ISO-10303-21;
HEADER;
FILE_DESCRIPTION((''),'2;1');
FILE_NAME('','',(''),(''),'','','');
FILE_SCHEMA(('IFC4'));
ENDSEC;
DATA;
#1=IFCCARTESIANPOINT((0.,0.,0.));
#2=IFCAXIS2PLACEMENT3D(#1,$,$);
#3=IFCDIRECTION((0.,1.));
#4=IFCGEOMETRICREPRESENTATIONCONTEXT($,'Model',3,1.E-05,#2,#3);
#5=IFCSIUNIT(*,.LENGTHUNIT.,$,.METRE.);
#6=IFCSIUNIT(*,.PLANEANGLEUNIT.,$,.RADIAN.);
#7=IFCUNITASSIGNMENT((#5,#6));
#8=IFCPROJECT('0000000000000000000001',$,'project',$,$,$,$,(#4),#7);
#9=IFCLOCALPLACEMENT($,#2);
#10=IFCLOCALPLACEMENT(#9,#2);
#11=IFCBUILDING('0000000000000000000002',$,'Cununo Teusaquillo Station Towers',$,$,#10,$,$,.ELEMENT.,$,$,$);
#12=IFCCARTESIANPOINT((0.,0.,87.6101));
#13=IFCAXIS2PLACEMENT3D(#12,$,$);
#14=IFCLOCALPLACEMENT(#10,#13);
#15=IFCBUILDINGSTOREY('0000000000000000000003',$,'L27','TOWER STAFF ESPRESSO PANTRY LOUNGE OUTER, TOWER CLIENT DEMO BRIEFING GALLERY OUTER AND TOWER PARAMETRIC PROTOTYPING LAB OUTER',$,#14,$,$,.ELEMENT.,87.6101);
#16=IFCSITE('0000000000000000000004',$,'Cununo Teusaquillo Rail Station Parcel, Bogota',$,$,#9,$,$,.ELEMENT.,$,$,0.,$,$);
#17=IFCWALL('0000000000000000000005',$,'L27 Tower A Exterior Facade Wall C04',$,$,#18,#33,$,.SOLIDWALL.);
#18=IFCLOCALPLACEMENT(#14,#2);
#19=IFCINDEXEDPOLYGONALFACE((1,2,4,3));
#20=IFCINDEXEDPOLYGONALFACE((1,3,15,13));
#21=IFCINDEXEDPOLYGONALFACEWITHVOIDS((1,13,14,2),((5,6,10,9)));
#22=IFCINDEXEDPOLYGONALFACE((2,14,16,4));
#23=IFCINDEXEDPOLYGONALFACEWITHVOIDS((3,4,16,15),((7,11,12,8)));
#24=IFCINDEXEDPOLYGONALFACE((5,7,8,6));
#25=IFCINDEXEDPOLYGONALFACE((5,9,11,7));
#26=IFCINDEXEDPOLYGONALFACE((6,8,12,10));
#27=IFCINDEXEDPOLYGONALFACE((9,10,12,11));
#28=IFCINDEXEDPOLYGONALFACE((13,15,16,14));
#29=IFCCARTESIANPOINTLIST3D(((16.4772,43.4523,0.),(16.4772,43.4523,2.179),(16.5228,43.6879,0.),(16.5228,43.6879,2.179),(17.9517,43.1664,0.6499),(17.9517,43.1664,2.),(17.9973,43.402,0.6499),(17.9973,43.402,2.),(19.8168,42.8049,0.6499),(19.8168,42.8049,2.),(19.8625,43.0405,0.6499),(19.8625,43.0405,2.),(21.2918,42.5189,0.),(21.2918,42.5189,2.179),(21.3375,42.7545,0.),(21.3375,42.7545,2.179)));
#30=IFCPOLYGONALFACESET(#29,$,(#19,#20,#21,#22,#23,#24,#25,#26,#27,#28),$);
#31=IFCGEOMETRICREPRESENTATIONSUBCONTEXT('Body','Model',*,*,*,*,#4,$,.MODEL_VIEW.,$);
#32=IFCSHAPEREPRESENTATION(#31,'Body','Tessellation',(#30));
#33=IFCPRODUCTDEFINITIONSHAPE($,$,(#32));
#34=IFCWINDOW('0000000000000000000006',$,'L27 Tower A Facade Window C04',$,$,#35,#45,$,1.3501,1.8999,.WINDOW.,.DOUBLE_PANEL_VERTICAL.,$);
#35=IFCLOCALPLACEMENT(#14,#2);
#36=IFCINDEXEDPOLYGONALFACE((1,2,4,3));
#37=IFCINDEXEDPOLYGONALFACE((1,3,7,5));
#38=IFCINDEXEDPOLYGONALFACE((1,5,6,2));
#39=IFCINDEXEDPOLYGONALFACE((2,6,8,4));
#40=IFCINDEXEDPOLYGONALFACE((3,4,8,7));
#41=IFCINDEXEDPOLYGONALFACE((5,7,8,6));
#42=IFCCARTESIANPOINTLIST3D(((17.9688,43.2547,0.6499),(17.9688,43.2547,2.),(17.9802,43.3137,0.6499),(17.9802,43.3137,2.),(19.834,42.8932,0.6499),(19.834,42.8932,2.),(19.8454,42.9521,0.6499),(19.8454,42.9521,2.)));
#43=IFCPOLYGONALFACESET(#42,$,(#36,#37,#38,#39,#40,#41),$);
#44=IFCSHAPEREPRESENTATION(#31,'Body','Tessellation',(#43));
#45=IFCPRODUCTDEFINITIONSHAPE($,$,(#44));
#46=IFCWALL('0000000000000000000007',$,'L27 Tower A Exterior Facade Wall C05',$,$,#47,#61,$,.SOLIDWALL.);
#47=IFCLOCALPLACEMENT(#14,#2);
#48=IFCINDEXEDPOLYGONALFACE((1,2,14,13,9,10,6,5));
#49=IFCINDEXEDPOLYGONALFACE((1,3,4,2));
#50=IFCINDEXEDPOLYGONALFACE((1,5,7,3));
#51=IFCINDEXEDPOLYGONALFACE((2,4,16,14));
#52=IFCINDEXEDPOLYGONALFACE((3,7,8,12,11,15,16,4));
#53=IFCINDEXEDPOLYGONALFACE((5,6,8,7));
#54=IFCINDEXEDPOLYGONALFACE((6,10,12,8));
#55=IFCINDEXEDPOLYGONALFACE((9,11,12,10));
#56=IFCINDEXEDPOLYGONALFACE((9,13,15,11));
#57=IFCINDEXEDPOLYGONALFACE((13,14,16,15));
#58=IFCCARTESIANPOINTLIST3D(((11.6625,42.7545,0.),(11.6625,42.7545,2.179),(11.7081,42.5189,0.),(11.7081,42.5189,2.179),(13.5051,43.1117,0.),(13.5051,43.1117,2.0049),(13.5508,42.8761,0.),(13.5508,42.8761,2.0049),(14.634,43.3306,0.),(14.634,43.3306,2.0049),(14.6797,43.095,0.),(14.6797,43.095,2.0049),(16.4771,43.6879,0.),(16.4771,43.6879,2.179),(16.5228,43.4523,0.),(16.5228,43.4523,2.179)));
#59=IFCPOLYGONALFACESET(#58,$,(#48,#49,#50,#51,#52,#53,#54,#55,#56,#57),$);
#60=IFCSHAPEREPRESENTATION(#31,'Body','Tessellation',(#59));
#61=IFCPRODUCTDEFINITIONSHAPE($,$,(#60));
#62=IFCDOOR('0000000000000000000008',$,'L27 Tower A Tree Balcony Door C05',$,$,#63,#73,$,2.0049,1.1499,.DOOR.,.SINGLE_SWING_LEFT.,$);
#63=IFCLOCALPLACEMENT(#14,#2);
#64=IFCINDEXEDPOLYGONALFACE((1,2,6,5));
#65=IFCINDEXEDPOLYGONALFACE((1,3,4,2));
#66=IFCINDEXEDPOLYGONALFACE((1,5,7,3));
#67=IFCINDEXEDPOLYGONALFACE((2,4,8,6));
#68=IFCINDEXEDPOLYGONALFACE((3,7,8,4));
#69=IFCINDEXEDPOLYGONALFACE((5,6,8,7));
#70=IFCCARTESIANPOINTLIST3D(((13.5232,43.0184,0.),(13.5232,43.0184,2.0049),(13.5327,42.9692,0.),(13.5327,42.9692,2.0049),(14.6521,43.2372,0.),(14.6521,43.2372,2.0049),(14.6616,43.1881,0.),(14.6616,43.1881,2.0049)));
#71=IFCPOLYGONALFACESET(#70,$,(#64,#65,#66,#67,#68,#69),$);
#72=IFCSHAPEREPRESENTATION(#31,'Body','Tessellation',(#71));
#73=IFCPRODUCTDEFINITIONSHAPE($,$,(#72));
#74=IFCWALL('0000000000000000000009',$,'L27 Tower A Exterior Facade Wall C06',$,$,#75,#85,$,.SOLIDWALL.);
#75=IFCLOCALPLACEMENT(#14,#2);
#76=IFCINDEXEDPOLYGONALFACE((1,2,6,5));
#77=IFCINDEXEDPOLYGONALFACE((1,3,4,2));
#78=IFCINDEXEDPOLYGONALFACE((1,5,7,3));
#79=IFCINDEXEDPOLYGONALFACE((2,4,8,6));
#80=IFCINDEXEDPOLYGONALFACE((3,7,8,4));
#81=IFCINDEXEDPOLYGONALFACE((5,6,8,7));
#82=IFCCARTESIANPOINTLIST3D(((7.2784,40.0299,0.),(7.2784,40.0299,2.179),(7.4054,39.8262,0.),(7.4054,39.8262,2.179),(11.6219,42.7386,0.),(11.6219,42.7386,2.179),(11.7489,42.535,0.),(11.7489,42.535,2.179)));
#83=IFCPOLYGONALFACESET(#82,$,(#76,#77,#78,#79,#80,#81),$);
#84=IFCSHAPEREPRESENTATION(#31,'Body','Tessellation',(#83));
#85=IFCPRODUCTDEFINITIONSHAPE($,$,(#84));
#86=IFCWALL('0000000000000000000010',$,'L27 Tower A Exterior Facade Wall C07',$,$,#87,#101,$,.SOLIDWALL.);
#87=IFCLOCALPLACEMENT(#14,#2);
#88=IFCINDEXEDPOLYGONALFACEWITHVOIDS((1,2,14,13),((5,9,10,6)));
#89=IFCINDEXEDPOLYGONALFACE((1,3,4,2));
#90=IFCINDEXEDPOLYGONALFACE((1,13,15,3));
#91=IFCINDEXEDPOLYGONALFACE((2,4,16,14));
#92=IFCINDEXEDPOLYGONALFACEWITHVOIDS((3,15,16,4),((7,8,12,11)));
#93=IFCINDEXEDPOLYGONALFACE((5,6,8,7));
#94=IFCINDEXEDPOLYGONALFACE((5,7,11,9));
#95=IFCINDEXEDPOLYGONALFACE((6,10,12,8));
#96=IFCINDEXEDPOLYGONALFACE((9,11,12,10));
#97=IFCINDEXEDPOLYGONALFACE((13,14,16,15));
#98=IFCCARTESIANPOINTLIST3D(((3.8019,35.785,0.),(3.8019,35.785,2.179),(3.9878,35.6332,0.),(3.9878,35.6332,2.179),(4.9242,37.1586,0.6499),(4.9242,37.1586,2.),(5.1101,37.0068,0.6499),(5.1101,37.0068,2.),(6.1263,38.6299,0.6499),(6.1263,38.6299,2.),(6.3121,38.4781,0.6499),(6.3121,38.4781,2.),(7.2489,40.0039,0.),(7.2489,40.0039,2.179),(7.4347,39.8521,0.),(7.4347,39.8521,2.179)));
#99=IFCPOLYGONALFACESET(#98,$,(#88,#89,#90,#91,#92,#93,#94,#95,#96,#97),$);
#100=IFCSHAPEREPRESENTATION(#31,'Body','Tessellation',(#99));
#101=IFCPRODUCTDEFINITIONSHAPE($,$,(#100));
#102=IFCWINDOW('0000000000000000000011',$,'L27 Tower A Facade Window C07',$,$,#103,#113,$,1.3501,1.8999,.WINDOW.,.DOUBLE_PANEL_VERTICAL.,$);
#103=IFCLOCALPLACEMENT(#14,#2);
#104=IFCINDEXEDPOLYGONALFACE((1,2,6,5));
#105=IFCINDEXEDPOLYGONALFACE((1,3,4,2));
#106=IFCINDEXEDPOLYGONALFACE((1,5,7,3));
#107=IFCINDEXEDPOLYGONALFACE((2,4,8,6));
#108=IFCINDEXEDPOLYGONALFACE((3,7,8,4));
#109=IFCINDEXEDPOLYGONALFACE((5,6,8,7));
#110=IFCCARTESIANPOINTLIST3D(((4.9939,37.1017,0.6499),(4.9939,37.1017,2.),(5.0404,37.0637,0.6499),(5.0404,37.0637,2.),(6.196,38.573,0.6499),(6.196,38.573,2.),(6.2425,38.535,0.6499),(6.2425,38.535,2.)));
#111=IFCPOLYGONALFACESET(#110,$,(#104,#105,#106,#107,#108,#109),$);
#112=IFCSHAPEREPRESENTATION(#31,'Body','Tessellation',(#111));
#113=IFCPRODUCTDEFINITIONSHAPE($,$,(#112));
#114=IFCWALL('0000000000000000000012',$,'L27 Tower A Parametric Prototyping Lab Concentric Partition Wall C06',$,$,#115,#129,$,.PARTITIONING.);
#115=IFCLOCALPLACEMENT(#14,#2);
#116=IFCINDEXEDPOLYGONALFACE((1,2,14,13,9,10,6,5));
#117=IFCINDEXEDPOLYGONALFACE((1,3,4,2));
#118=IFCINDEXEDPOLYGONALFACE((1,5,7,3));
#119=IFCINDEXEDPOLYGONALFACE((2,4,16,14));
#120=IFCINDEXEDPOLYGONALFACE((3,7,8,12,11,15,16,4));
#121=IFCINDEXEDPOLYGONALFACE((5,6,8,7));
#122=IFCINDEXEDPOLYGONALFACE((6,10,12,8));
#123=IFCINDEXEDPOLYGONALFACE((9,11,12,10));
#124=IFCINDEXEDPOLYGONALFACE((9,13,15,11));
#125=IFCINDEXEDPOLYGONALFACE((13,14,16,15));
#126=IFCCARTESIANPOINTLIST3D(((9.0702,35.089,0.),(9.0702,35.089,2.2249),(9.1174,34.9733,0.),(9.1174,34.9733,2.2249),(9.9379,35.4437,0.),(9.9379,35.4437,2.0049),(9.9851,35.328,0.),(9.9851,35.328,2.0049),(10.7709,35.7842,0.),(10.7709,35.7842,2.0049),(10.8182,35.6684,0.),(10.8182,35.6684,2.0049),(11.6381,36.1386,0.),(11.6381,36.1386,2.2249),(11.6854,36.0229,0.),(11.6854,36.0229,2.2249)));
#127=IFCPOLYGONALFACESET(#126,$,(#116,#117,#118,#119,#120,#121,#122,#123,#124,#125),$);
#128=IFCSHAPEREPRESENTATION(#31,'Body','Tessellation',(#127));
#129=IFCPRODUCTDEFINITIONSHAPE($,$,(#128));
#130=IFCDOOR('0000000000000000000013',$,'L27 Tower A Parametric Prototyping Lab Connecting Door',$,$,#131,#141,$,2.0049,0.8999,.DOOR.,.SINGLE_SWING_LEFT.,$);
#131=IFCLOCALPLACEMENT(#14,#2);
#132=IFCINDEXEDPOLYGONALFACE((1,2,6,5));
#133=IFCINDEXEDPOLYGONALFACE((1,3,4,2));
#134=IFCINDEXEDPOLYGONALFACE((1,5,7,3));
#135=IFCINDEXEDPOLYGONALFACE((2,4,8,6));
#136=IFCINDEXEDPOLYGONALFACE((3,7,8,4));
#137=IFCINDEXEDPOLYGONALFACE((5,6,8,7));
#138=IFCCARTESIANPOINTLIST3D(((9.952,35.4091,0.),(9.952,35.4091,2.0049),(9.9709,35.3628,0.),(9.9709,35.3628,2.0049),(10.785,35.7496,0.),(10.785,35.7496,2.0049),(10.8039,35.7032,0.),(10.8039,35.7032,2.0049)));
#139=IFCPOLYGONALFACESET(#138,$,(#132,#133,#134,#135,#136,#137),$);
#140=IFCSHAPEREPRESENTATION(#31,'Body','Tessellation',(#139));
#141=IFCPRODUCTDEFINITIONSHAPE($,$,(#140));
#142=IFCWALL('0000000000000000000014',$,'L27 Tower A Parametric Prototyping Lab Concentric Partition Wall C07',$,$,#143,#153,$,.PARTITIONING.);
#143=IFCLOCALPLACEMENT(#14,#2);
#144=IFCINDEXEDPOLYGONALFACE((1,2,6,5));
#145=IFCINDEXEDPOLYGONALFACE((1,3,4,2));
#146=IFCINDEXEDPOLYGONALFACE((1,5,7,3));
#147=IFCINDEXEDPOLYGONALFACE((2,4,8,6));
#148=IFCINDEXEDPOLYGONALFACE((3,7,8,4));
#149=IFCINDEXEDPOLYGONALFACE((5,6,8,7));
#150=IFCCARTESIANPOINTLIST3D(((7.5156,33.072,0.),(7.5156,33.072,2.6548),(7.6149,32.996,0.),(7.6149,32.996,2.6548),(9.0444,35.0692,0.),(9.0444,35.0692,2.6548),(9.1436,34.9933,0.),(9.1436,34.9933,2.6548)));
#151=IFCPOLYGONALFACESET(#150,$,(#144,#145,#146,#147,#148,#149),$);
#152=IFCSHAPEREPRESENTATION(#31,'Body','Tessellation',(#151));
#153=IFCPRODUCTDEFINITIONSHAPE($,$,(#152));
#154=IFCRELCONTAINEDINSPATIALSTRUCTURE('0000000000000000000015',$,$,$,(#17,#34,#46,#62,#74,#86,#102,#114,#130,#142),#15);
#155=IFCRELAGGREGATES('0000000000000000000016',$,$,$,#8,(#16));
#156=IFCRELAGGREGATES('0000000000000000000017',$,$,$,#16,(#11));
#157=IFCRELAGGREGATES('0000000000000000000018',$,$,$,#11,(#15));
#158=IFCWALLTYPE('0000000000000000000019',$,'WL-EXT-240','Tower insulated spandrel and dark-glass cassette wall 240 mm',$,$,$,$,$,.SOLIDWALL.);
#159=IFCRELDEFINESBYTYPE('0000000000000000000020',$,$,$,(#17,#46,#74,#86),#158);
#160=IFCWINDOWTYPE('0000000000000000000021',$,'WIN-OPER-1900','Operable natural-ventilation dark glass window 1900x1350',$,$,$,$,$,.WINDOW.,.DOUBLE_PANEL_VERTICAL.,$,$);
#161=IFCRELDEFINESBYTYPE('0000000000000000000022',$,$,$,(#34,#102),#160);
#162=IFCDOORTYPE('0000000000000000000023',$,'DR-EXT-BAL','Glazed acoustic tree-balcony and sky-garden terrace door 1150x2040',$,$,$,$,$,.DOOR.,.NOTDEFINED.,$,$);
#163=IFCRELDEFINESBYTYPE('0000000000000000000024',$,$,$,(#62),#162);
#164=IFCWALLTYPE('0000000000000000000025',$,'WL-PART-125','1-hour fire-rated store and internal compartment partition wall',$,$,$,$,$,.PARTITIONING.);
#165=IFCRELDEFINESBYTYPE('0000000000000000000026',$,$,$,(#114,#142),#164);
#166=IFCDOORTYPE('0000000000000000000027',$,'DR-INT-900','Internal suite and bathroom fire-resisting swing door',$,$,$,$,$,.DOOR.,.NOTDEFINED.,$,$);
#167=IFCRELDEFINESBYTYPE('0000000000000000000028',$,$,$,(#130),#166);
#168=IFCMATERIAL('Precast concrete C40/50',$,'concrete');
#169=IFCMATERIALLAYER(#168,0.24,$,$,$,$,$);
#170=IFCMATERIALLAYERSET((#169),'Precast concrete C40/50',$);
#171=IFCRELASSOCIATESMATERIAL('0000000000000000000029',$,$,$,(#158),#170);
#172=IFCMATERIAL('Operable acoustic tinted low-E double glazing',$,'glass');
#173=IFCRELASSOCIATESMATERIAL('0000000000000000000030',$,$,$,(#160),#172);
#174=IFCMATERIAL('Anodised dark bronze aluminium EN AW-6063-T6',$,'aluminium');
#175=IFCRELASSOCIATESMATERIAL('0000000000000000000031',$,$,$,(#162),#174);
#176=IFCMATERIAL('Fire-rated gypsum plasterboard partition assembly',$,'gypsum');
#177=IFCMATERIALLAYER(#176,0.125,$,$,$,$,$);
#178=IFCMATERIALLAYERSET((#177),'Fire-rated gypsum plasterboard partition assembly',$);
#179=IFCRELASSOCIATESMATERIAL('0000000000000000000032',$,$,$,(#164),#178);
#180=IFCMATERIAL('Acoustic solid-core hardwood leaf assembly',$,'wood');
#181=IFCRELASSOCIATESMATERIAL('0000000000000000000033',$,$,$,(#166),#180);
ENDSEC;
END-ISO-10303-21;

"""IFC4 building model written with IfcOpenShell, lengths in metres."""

from ifc_helpers import new_model, si_unit, direction, frame, frame_2d, origin, place, context, subcontext, project, spatial, rectangle, extrude, source, transform, mapped, material, layer, layer_set, type_object, element, fill, save


model = new_model("IFC4")

# Units and contexts
model_context = context("Model", 3, precision=1e-05, world=origin(), true_north=direction((0.0, 1.0)))
body_context = subcontext(model_context, "Body", "Model", "MODEL_VIEW")
ifc_project = project(units=[si_unit("LENGTHUNIT", "METRE"), si_unit("PLANEANGLEUNIT", "RADIAN")], contexts=[model_context])

# Site, building, storey
site_placement = place(None, origin())
site = spatial("IfcSite", under=ifc_project, at=site_placement, Name="Cununo Teusaquillo Rail Station Parcel, Bogota", CompositionType="ELEMENT", RefElevation=0.0)
building_placement = place(site_placement, origin())
building = spatial("IfcBuilding", under=site, at=building_placement, Name="Cununo Teusaquillo Station Towers", CompositionType="ELEMENT")
storey_placement = place(building_placement, frame((0.0, 0.0, 87.6101)))
storey = spatial("IfcBuildingStorey", under=building, at=storey_placement, Name="L27", Description="TOWER STAFF ESPRESSO PANTRY LOUNGE OUTER, TOWER CLIENT DEMO BRIEFING GALLERY OUTER AND TOWER PARAMETRIC PROTOTYPING LAB OUTER", CompositionType="ELEMENT", Elevation=87.6101)

# Wall, opening, window
ifc_material_1 = material(Name="Precast concrete C40/50", Category="concrete")
ifc_layer_1 = layer(ifc_material_1, 0.24)
ifc_layer_set_1 = layer_set([ifc_layer_1], Name="Precast concrete C40/50")
wall_type_1 = type_object("IfcWallType", Name="WL-EXT-240", Description="Tower insulated spandrel and dark-glass cassette wall 240 mm", PredefinedType="SOLIDWALL", material=ifc_layer_set_1)
wall_1_placement = place(storey_placement, frame((16.5, 43.5701, 0.0), z_axis=(0.0, 0.0, 1.0), x_axis=(0.981724, -0.190311, 0.0)))
wall_1 = element("IfcWall", 1, at=wall_1_placement, inside=storey, type_object=wall_type_1, Name="L27 Tower A Exterior Facade Wall C04", PredefinedType="SOLIDWALL", context=body_context, shape_type="SweptSolid", body=[
    extrude(rectangle(XDim=4.9043, YDim=0.24, at=frame_2d((2.4521, 0.0))), origin(), (0.0, 0.0, 1.0), 2.179),
])
shared_shape_1 = source(origin(), body_context, "Body", "SweptSolid", [
    extrude(rectangle(XDim=1.8999, YDim=1.3501, at=frame_2d((0.95, 0.675))), frame((0.0, 0.1299, 0.0), z_axis=(0.0, -1.0, 0.0), x_axis=(1.0, 0.0, 0.0)), (0.0, 0.0, 1.0), 0.26),
])
opening_1_placement = place(wall_1_placement, frame((1.502, 0.0, 0.6499)))
opening_1 = element("IfcOpeningElement", 2, at=opening_1_placement, cuts=wall_1, PredefinedType="OPENING", context=body_context, shape_type="MappedRepresentation", body=[
    mapped(shared_shape_1, transform((0.0, 0.0, 0.0), x_axis=(1.0, 0.0, 0.0), y_axis=(0.0, 1.0, 0.0), z_axis=(0.0, 0.0, 1.0), scale=1.0)),
])
ifc_material_2 = material(Name="Operable acoustic tinted low-E double glazing", Category="glass")
window_type = type_object("IfcWindowType", Name="WIN-OPER-1900", Description="Operable natural-ventilation dark glass window 1900x1350", PartitioningType="DOUBLE_PANEL_VERTICAL", PredefinedType="WINDOW", material=ifc_material_2)
shared_shape_2 = source(origin(), body_context, "Body", "SweptSolid", [
    extrude(rectangle(XDim=1.8999, YDim=1.3501, at=frame_2d((0.95, 0.675))), frame((0.0, 0.03, 0.0), z_axis=(0.0, -1.0, 0.0), x_axis=(1.0, 0.0, 0.0)), (0.0, 0.0, 1.0), 0.0601),
])
window_1_placement = place(opening_1_placement, origin())
window_1 = element("IfcWindow", 3, at=window_1_placement, inside=storey, type_object=window_type, Name="L27 Tower A Facade Window C04", OverallHeight=1.3501, OverallWidth=1.8999, PartitioningType="DOUBLE_PANEL_VERTICAL", PredefinedType="WINDOW", context=body_context, shape_type="MappedRepresentation", body=[
    mapped(shared_shape_2, transform((0.0, 0.0, 0.0), x_axis=(1.0, 0.0, 0.0), y_axis=(0.0, 1.0, 0.0), z_axis=(0.0, 0.0, 1.0), scale=1.0)),
])
fill(opening_1, window_1)

# Wall, opening, door
wall_2_placement = place(storey_placement, frame((11.6853, 42.6367, 0.0), z_axis=(0.0, 0.0, 1.0), x_axis=(0.981724, 0.190311, 0.0)))
wall_2 = element("IfcWall", 4, at=wall_2_placement, inside=storey, type_object=wall_type_1, Name="L27 Tower A Exterior Facade Wall C05", PredefinedType="SOLIDWALL", context=body_context, shape_type="SweptSolid", body=[
    extrude(rectangle(XDim=4.9043, YDim=0.24, at=frame_2d((2.4521, 0.0))), origin(), (0.0, 0.0, 1.0), 2.179),
])
shared_shape_3 = source(origin(), body_context, "Body", "SweptSolid", [
    extrude(rectangle(XDim=1.1499, YDim=2.0049, at=frame_2d((0.575, 1.0024))), frame((0.0, 0.1299, 0.0), z_axis=(0.0, -1.0, 0.0), x_axis=(1.0, 0.0, 0.0)), (0.0, 0.0, 1.0), 0.26),
])
opening_2_placement = place(wall_2_placement, frame((1.877, 0.0, 0.0)))
opening_2 = element("IfcOpeningElement", 5, at=opening_2_placement, cuts=wall_2, PredefinedType="OPENING", context=body_context, shape_type="MappedRepresentation", body=[
    mapped(shared_shape_3, transform((0.0, 0.0, 0.0), x_axis=(1.0, 0.0, 0.0), y_axis=(0.0, 1.0, 0.0), z_axis=(0.0, 0.0, 1.0), scale=1.0)),
])
ifc_material_3 = material(Name="Anodised dark bronze aluminium EN AW-6063-T6", Category="aluminium")
door_type_1 = type_object("IfcDoorType", Name="DR-EXT-BAL", Description="Glazed acoustic tree-balcony and sky-garden terrace door 1150x2040", OperationType="NOTDEFINED", PredefinedType="DOOR", material=ifc_material_3)
shared_shape_4 = source(origin(), body_context, "Body", "SweptSolid", [
    extrude(rectangle(XDim=1.1499, YDim=2.0049, at=frame_2d((0.575, 1.0024))), frame((0.0, 0.0249, 0.0), z_axis=(0.0, -1.0, 0.0), x_axis=(1.0, 0.0, 0.0)), (0.0, 0.0, 1.0), 0.05),
])
door_1_placement = place(opening_2_placement, origin())
door_1 = element("IfcDoor", 6, at=door_1_placement, inside=storey, type_object=door_type_1, Name="L27 Tower A Tree Balcony Door C05", OperationType="SINGLE_SWING_LEFT", OverallHeight=2.0049, OverallWidth=1.1499, PredefinedType="DOOR", context=body_context, shape_type="MappedRepresentation", body=[
    mapped(shared_shape_4, transform((0.0, 0.0, 0.0), x_axis=(1.0, 0.0, 0.0), y_axis=(0.0, 1.0, 0.0), z_axis=(0.0, 0.0, 1.0), scale=1.0)),
])
fill(opening_2, door_1)

# Wall
wall_3_placement = place(storey_placement, frame((7.3418, 39.928, 0.0), z_axis=(0.0, 0.0, 1.0), x_axis=(0.84852, 0.529163, 0.0)))
element("IfcWall", 7, at=wall_3_placement, inside=storey, type_object=wall_type_1, Name="L27 Tower A Exterior Facade Wall C06", PredefinedType="SOLIDWALL", context=body_context, shape_type="SweptSolid", body=[
    extrude(rectangle(XDim=5.1189, YDim=0.24, at=frame_2d((2.5596, 0.0))), origin(), (0.0, 0.0, 1.0), 2.179),
])

# Wall, opening, window
wall_4_placement = place(storey_placement, frame((3.8948, 35.709, 0.0), z_axis=(0.0, 0.0, 1.0), x_axis=(0.632701, 0.774396, 0.0)))
wall_4 = element("IfcWall", 8, at=wall_4_placement, inside=storey, type_object=wall_type_1, Name="L27 Tower A Exterior Facade Wall C07", PredefinedType="SOLIDWALL", context=body_context, shape_type="SweptSolid", body=[
    extrude(rectangle(XDim=5.448, YDim=0.24, at=frame_2d((2.7241, 0.0))), origin(), (0.0, 0.0, 1.0), 2.179),
])
opening_3_placement = place(wall_4_placement, frame((1.7739, 0.0, 0.6499)))
opening_3 = element("IfcOpeningElement", 9, at=opening_3_placement, cuts=wall_4, PredefinedType="OPENING", context=body_context, shape_type="MappedRepresentation", body=[
    mapped(shared_shape_1, transform((0.0, 0.0, 0.0), x_axis=(1.0, 0.0, 0.0), y_axis=(0.0, 1.0, 0.0), z_axis=(0.0, 0.0, 1.0), scale=1.0)),
])
window_2_placement = place(opening_3_placement, origin())
window_2 = element("IfcWindow", 10, at=window_2_placement, inside=storey, type_object=window_type, Name="L27 Tower A Facade Window C07", OverallHeight=1.3501, OverallWidth=1.8999, PartitioningType="DOUBLE_PANEL_VERTICAL", PredefinedType="WINDOW", context=body_context, shape_type="MappedRepresentation", body=[
    mapped(shared_shape_2, transform((0.0, 0.0, 0.0), x_axis=(1.0, 0.0, 0.0), y_axis=(0.0, 1.0, 0.0), z_axis=(0.0, 0.0, 1.0), scale=1.0)),
])
fill(opening_3, window_2)

# Wall, opening, door
ifc_material_4 = material(Name="Fire-rated gypsum plasterboard partition assembly", Category="gypsum")
ifc_layer_2 = layer(ifc_material_4, 0.125)
ifc_layer_set_2 = layer_set([ifc_layer_2], Name="Fire-rated gypsum plasterboard partition assembly")
wall_type_2 = type_object("IfcWallType", Name="WL-PART-125", Description="1-hour fire-rated store and internal compartment partition wall", PredefinedType="PARTITIONING", material=ifc_layer_set_2)
wall_5_placement = place(storey_placement, frame((11.6619, 36.0808, 0.0), z_axis=(0.0, 0.0, 1.0), x_axis=(-0.925665, -0.378345, 0.0)))
wall_5 = element("IfcWall", 11, at=wall_5_placement, inside=storey, type_object=wall_type_2, Name="L27 Tower A Parametric Prototyping Lab Concentric Partition Wall C06", PredefinedType="PARTITIONING", context=body_context, shape_type="SweptSolid", body=[
    extrude(rectangle(XDim=2.7742, YDim=0.125, at=frame_2d((1.3872, 0.0))), origin(), (0.0, 0.0, 1.0), 2.2249),
])
shared_shape_5 = source(origin(), body_context, "Body", "SweptSolid", [
    extrude(rectangle(XDim=0.8999, YDim=2.0049, at=frame_2d((0.45, 1.0024))), frame((0.0, 0.0725, 0.0), z_axis=(0.0, -1.0, 0.0), x_axis=(1.0, 0.0, 0.0)), (0.0, 0.0, 1.0), 0.145),
])
opening_4_placement = place(wall_5_placement, frame((0.937, 0.0, 0.0)))
opening_4 = element("IfcOpeningElement", 12, at=opening_4_placement, cuts=wall_5, PredefinedType="OPENING", context=body_context, shape_type="MappedRepresentation", body=[
    mapped(shared_shape_5, transform((0.0, 0.0, 0.0), x_axis=(1.0, 0.0, 0.0), y_axis=(0.0, 1.0, 0.0), z_axis=(0.0, 0.0, 1.0), scale=1.0)),
])
ifc_material_5 = material(Name="Acoustic solid-core hardwood leaf assembly", Category="wood")
door_type_2 = type_object("IfcDoorType", Name="DR-INT-900", Description="Internal suite and bathroom fire-resisting swing door", OperationType="NOTDEFINED", PredefinedType="DOOR", material=ifc_material_5)
shared_shape_6 = source(origin(), body_context, "Body", "SweptSolid", [
    extrude(rectangle(XDim=0.8999, YDim=2.0049, at=frame_2d((0.45, 1.0024))), frame((0.0, 0.0249, 0.0), z_axis=(0.0, -1.0, 0.0), x_axis=(1.0, 0.0, 0.0)), (0.0, 0.0, 1.0), 0.05),
])
door_2_placement = place(opening_4_placement, origin())
door_2 = element("IfcDoor", 13, at=door_2_placement, inside=storey, type_object=door_type_2, Name="L27 Tower A Parametric Prototyping Lab Connecting Door", OperationType="SINGLE_SWING_LEFT", OverallHeight=2.0049, OverallWidth=0.8999, PredefinedType="DOOR", context=body_context, shape_type="MappedRepresentation", body=[
    mapped(shared_shape_6, transform((0.0, 0.0, 0.0), x_axis=(1.0, 0.0, 0.0), y_axis=(0.0, 1.0, 0.0), z_axis=(0.0, 0.0, 1.0), scale=1.0)),
])
fill(opening_4, door_2)

# Wall
wall_6_placement = place(storey_placement, frame((9.094, 35.0312, 0.0), z_axis=(0.0, 0.0, 1.0), x_axis=(-0.607814, -0.794079, 0.0)))
element("IfcWall", 14, at=wall_6_placement, inside=storey, type_object=wall_type_2, Name="L27 Tower A Parametric Prototyping Lab Concentric Partition Wall C07", PredefinedType="PARTITIONING", context=body_context, shape_type="SweptSolid", body=[
    extrude(rectangle(XDim=2.5151, YDim=0.125, at=frame_2d((1.2576, 0.0))), origin(), (0.0, 0.0, 1.0), 2.6548),
])

save(model, "model.ifc")
